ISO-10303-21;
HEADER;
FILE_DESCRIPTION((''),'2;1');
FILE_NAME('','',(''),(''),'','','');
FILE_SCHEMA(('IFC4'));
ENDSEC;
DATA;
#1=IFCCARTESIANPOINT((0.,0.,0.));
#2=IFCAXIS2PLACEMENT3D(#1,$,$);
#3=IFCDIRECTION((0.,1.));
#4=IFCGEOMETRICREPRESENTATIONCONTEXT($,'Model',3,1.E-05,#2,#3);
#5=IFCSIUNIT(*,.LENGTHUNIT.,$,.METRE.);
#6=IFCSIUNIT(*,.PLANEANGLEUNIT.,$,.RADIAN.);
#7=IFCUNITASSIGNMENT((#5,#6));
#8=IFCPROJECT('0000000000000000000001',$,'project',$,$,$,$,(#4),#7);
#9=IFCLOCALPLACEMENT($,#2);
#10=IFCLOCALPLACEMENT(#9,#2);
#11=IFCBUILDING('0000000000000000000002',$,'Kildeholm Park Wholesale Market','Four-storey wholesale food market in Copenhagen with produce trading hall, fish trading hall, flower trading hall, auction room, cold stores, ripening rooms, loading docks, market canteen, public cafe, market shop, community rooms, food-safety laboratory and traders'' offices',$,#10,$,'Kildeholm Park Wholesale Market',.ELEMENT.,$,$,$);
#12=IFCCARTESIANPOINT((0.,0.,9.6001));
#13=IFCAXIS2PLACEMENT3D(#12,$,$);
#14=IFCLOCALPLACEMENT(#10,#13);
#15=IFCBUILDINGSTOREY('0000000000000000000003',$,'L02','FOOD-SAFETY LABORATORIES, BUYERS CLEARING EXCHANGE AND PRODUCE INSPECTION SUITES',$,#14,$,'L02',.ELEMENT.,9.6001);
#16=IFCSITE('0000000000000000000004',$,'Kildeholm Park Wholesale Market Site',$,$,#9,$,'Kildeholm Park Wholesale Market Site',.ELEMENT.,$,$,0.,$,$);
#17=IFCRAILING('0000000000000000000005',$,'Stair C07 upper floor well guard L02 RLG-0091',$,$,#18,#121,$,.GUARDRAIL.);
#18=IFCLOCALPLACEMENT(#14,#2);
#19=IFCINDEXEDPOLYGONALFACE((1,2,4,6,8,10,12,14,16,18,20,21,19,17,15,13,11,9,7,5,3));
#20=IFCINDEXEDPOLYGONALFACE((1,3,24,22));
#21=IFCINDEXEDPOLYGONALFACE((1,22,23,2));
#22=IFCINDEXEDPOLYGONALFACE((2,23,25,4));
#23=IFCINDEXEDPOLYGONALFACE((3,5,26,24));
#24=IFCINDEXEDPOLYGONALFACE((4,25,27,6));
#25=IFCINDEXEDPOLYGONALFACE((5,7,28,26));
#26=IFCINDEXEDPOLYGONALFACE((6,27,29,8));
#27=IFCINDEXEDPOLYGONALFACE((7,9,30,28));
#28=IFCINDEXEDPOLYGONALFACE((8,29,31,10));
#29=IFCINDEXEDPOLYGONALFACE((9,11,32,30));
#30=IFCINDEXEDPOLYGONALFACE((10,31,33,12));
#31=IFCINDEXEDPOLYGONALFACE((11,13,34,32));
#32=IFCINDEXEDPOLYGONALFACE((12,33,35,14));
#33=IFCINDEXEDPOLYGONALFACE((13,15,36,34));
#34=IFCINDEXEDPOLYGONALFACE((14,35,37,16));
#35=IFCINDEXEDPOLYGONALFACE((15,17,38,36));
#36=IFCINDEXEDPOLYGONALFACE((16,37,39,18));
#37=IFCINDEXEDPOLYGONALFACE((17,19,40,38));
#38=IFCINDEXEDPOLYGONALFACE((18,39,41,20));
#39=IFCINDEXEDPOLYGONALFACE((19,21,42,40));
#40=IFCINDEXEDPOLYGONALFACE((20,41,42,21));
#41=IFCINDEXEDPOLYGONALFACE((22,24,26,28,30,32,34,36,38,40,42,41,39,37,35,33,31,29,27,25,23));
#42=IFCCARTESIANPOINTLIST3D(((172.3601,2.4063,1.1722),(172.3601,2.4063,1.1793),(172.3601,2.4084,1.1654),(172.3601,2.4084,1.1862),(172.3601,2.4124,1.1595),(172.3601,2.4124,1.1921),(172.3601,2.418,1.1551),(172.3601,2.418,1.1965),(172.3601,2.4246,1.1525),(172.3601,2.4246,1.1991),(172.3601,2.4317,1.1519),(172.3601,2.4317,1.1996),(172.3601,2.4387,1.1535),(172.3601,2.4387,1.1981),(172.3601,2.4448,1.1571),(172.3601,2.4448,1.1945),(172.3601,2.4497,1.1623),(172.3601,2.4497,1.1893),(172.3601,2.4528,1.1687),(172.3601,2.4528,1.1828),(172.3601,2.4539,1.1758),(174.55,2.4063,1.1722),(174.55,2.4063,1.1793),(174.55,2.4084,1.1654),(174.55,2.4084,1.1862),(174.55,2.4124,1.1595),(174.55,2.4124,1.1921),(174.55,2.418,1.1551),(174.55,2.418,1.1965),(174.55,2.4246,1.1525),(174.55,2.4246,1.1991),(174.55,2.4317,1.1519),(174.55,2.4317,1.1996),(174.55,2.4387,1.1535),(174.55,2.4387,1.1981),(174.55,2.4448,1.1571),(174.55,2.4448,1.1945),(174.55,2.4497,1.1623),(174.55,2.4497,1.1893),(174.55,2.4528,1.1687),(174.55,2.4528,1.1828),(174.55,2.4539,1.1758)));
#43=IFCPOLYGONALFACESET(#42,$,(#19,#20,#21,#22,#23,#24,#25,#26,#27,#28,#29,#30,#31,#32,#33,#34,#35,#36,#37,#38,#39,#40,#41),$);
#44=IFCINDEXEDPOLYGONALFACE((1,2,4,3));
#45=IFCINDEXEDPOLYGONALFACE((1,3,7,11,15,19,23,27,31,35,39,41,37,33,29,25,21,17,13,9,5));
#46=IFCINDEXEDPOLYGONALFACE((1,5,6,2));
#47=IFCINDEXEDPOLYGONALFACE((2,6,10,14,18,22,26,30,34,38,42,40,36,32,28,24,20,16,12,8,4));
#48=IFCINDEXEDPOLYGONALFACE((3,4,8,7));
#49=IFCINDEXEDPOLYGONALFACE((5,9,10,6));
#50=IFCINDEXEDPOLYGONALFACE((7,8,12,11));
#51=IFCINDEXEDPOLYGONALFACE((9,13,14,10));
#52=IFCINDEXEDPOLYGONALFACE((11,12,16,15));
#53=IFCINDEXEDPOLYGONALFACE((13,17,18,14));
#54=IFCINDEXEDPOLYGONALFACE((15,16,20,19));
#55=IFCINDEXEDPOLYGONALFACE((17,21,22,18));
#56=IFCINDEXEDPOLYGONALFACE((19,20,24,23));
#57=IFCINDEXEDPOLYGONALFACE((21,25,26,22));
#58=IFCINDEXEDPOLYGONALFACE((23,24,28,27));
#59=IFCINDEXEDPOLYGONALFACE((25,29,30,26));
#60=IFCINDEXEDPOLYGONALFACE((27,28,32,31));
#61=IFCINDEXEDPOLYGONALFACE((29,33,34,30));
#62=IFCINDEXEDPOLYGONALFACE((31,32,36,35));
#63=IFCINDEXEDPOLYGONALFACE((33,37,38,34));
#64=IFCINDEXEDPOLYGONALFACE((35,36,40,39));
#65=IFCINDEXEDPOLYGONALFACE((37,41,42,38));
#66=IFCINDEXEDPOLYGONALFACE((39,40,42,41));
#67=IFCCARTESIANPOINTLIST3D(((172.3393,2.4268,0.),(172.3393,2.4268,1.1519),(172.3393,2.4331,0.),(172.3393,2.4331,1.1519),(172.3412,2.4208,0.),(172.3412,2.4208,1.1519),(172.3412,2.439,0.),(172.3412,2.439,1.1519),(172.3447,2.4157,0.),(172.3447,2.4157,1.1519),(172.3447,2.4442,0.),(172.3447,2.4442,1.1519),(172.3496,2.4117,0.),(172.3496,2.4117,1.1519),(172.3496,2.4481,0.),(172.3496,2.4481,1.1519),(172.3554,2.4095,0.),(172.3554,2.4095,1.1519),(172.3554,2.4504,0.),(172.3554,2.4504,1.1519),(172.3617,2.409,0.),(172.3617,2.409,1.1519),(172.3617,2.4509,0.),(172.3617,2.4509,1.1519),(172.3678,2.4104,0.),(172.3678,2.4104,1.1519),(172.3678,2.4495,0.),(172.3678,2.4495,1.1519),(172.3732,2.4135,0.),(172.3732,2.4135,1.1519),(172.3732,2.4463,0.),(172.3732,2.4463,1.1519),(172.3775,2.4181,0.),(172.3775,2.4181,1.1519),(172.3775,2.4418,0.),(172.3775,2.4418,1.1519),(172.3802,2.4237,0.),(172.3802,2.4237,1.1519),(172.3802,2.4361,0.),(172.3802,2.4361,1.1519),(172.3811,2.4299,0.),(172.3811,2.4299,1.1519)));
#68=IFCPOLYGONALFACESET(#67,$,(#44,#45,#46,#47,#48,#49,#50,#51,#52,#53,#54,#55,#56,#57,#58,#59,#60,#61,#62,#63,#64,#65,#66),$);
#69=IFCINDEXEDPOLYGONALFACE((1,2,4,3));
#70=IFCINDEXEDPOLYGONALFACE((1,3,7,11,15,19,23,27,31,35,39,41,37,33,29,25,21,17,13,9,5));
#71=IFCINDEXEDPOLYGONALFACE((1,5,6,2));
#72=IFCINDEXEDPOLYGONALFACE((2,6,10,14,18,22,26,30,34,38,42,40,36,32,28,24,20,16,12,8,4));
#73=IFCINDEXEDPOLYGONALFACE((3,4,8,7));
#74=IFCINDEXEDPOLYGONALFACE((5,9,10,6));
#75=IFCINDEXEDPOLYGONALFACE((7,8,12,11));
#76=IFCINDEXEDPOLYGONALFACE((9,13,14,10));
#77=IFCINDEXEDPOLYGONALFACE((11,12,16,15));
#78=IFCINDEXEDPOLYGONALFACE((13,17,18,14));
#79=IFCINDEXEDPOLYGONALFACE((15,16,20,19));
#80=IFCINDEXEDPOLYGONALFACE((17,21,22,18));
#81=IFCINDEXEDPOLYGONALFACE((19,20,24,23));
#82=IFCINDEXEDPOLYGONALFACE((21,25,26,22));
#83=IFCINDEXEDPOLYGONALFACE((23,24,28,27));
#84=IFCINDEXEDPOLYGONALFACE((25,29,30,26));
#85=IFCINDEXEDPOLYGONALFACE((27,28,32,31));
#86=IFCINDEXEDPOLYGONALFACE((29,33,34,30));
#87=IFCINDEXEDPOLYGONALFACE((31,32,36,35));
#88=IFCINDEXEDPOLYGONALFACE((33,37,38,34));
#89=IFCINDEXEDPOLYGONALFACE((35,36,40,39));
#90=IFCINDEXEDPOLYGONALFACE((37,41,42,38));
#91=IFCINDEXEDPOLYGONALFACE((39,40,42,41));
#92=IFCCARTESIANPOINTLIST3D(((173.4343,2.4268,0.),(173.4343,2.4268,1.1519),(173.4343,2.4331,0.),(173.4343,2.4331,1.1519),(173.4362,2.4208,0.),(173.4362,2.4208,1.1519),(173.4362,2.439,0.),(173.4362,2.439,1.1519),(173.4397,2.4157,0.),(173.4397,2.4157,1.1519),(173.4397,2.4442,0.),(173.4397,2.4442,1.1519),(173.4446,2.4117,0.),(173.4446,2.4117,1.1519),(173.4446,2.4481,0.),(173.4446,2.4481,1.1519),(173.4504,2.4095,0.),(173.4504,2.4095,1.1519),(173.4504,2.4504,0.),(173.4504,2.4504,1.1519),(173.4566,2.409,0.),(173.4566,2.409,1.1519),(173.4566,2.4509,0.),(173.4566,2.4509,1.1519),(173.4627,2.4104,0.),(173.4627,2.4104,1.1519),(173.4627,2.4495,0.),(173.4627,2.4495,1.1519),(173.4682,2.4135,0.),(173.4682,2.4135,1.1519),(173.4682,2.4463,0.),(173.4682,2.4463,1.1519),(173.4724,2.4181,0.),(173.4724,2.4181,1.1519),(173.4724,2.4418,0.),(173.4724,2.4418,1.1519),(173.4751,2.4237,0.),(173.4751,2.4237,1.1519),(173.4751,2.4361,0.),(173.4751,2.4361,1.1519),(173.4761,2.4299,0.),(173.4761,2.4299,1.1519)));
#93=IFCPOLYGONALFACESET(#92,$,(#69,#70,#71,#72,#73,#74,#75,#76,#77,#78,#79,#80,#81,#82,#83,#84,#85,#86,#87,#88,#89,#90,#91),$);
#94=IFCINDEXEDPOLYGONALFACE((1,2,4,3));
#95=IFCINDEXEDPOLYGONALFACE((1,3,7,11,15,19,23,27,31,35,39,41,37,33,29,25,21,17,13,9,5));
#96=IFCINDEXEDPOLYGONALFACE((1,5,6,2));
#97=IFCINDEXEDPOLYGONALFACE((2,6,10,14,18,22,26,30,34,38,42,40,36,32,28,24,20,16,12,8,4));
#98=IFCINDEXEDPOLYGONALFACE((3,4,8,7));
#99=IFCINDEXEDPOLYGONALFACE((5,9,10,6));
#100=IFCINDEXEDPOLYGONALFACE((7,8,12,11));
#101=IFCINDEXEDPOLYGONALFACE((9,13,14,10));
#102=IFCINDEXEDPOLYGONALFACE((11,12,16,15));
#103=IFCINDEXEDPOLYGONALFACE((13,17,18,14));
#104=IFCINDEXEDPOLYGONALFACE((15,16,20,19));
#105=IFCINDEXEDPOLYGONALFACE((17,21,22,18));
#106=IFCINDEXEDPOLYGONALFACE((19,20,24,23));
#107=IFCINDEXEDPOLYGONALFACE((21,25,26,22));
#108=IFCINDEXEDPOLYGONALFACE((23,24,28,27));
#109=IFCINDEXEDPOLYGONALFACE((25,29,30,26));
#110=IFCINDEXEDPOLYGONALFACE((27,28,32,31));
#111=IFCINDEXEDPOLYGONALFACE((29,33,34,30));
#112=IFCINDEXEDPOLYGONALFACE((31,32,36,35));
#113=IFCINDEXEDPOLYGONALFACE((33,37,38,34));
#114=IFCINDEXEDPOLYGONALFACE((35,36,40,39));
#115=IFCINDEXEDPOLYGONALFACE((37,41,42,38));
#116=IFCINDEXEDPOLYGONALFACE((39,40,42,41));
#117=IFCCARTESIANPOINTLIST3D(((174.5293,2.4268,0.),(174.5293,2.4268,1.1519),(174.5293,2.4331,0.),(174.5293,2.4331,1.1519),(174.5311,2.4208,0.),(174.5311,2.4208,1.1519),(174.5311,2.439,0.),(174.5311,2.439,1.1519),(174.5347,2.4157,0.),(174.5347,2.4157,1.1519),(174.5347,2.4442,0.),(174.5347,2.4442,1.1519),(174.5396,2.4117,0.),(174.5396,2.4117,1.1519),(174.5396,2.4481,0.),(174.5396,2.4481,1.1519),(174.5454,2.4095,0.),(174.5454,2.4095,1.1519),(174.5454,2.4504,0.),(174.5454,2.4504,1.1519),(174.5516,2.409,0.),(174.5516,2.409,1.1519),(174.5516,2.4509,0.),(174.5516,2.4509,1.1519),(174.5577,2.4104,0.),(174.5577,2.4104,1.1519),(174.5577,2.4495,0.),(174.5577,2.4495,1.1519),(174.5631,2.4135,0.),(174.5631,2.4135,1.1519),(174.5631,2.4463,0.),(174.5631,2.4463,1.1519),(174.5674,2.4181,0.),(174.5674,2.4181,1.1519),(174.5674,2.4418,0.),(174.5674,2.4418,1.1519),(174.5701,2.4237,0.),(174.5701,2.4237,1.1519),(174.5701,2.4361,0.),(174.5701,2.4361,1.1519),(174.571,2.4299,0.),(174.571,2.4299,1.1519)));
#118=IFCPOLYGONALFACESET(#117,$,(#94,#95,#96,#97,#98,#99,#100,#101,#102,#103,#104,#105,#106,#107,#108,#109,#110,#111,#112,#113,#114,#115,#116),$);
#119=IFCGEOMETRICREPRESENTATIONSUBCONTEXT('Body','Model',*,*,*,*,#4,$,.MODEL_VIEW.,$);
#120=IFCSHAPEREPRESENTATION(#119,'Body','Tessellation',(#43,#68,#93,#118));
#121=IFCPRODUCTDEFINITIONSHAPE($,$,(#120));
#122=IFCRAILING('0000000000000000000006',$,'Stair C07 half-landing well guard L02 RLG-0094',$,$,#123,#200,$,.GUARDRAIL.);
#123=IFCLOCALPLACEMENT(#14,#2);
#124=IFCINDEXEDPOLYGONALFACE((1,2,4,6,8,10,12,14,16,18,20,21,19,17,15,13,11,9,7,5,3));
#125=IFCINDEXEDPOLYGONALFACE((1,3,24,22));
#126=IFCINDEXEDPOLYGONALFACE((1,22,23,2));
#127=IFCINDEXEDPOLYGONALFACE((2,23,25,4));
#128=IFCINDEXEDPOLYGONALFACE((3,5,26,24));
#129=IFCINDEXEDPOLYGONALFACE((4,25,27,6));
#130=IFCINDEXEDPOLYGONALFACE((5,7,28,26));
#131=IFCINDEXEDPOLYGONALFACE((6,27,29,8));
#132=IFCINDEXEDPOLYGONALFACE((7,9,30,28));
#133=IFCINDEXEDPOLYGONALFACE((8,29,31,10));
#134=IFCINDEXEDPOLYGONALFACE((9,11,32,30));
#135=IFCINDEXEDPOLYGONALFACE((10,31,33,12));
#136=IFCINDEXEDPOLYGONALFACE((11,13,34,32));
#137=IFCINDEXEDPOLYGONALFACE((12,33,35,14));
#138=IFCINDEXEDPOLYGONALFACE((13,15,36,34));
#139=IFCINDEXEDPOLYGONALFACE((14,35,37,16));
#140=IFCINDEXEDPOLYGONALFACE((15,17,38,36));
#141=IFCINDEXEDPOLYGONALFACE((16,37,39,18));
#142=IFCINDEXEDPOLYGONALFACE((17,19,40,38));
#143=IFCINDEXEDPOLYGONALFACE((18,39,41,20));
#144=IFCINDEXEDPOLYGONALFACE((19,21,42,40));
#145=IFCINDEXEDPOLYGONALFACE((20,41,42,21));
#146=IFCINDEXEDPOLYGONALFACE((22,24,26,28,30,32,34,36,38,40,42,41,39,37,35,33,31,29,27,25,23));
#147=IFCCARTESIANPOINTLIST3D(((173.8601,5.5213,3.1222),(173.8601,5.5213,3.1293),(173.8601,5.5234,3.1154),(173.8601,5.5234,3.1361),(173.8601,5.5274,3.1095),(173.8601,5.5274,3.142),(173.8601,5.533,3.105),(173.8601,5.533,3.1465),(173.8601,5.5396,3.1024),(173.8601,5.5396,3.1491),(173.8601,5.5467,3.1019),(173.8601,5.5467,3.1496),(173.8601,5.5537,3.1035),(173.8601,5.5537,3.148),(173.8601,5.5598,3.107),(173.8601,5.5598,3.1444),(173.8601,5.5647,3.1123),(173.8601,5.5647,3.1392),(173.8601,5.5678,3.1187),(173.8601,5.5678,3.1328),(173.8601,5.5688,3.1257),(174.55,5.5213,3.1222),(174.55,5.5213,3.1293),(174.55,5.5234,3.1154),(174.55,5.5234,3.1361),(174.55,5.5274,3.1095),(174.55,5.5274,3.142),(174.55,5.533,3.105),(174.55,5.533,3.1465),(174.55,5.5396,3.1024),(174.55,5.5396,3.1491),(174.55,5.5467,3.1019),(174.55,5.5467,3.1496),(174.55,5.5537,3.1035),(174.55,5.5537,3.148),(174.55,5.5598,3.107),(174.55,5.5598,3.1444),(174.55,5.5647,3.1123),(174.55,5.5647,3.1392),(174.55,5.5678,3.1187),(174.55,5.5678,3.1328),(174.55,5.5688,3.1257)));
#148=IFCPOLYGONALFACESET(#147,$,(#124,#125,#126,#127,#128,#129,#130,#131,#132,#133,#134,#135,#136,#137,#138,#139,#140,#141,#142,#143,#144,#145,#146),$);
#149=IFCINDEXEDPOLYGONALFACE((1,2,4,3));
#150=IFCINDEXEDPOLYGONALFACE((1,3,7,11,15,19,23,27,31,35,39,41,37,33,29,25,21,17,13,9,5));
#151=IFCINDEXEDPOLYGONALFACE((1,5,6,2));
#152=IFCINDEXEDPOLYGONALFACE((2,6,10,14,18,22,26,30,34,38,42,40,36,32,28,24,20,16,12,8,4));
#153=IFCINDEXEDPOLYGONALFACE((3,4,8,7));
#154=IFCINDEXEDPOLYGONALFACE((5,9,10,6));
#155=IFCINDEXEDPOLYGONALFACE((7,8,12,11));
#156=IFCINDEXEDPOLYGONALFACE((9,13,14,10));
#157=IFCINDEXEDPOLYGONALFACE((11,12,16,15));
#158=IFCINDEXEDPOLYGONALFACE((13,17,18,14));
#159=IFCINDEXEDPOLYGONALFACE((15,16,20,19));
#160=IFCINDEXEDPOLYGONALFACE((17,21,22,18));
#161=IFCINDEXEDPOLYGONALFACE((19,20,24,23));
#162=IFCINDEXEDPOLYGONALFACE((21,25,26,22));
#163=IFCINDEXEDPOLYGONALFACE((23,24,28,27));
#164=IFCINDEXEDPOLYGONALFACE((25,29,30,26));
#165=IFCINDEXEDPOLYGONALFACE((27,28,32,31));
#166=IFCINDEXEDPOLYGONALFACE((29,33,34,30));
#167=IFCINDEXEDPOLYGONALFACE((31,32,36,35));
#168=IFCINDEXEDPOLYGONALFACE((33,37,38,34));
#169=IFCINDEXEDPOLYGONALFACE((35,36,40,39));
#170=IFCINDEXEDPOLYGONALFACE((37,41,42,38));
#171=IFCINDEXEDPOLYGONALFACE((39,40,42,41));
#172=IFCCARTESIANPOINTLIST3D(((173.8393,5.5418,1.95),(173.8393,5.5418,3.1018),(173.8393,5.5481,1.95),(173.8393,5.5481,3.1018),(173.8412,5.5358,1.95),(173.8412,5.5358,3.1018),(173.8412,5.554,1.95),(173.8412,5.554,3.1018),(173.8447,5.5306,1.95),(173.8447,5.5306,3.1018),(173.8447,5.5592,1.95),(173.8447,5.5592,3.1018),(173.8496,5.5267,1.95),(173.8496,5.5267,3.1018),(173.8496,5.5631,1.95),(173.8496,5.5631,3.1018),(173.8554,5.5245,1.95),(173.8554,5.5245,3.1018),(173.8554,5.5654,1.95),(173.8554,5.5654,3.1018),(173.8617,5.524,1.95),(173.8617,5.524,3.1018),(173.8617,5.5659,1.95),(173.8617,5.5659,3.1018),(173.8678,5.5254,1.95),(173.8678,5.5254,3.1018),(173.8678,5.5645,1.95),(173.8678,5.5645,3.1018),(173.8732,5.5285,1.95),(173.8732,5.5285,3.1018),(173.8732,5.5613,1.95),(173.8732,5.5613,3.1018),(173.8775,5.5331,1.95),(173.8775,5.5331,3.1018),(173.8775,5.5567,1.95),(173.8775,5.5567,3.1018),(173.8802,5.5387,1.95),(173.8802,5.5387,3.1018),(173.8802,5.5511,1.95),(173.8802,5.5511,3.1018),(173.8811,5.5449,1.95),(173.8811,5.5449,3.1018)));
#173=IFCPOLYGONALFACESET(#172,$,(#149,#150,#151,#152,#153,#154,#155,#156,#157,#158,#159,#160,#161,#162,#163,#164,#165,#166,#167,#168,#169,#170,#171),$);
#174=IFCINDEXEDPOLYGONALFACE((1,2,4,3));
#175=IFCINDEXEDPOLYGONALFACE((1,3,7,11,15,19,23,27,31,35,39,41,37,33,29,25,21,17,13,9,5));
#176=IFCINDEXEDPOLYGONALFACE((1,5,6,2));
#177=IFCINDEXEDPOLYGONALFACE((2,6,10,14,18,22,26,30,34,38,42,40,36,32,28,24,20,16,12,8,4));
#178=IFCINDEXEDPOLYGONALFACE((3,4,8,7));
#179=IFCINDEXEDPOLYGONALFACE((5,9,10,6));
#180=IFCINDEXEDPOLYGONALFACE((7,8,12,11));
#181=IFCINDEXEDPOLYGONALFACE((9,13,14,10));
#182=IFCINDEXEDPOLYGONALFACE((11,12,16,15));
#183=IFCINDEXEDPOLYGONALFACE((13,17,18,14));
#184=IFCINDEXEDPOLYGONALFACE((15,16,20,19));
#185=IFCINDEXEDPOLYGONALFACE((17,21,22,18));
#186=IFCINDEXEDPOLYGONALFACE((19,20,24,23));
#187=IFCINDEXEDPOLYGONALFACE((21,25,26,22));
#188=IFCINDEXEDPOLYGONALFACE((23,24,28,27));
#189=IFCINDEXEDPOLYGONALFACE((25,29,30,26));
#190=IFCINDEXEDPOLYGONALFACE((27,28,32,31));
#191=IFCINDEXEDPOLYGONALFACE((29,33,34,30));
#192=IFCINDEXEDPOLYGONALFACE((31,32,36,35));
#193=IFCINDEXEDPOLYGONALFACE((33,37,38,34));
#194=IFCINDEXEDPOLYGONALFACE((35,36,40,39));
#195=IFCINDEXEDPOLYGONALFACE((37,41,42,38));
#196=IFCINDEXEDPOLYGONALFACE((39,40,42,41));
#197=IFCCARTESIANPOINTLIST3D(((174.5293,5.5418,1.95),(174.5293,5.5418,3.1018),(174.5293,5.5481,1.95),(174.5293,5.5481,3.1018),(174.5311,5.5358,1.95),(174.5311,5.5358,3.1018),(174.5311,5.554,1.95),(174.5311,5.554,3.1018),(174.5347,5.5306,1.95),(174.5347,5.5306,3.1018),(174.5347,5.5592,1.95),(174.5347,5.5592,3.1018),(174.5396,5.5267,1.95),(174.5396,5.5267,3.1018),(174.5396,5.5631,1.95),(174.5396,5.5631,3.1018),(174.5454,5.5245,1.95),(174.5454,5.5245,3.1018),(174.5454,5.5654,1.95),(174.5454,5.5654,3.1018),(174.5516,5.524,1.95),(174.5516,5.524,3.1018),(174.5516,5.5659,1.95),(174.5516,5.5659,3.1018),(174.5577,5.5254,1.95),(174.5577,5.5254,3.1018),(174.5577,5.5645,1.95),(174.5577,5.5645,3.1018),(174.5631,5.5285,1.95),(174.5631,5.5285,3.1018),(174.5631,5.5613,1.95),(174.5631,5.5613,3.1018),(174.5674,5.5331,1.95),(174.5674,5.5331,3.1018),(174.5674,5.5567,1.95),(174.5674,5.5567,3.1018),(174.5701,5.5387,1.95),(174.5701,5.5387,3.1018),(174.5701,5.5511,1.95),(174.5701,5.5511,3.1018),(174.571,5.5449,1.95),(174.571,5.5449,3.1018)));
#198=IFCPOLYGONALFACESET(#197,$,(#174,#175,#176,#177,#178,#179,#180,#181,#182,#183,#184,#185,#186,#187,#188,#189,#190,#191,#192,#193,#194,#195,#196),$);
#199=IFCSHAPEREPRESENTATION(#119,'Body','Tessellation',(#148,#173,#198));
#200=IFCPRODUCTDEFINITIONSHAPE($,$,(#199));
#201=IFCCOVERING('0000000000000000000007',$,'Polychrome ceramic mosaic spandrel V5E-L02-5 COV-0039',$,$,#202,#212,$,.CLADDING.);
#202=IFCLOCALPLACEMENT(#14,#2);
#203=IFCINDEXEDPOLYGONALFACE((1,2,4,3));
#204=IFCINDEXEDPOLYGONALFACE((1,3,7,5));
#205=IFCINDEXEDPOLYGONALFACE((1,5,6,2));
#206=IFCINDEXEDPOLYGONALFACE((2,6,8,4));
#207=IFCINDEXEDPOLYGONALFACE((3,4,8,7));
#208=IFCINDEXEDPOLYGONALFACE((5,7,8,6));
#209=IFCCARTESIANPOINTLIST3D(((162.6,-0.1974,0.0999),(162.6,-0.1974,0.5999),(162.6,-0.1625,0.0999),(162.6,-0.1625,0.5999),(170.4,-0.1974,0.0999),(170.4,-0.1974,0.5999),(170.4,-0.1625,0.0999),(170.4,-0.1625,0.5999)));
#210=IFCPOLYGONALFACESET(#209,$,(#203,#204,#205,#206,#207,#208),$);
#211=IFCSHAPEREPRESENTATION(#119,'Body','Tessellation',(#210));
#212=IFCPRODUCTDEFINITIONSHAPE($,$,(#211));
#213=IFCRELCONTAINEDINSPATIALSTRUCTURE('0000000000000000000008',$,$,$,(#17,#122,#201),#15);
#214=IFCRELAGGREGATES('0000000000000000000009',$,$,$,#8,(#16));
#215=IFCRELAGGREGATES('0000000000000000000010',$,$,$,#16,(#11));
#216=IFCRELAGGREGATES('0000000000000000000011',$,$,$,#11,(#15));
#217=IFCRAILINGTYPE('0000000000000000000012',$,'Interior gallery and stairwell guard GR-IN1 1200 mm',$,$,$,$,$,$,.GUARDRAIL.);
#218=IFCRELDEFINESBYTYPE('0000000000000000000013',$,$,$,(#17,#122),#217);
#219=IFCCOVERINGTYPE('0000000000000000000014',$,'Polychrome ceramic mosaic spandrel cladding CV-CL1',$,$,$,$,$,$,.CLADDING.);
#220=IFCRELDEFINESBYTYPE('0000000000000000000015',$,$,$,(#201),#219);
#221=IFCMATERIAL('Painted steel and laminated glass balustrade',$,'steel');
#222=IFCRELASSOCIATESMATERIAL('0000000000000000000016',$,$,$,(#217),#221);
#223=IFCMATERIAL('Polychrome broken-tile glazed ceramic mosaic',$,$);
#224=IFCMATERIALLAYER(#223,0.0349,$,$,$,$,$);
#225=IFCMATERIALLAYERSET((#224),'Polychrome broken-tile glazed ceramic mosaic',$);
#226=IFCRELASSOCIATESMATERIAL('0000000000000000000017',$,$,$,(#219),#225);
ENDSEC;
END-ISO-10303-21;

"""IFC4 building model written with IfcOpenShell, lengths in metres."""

from ifc_helpers import new_model, si_unit, direction, frame, origin, origin_2d, place, context, subcontext, project, spatial, rectangle, circle, extrude, material, layer, layer_set, type_object, element, save


model = new_model("IFC4")

# Units and contexts
model_context = context("Model", 3, precision=1e-05, world=origin(), true_north=direction((0.0, 1.0)))
body_context = subcontext(model_context, "Body", "Model", "MODEL_VIEW")
ifc_project = project(units=[si_unit("LENGTHUNIT", "METRE"), si_unit("PLANEANGLEUNIT", "RADIAN")], contexts=[model_context])

# Site, building, storey
site_placement = place(None, origin())
site = spatial("IfcSite", under=ifc_project, at=site_placement, Name="Kildeholm Park Wholesale Market Site", LongName="Kildeholm Park Wholesale Market Site", CompositionType="ELEMENT", RefElevation=0.0)
building_placement = place(site_placement, origin())
building = spatial("IfcBuilding", under=site, at=building_placement, Name="Kildeholm Park Wholesale Market", Description="Four-storey wholesale food market in Copenhagen with produce trading hall, fish trading hall, flower trading hall, auction room, cold stores, ripening rooms, loading docks, market canteen, public cafe, market shop, community rooms, food-safety laboratory and traders' offices", LongName="Kildeholm Park Wholesale Market", CompositionType="ELEMENT")
storey_placement = place(building_placement, frame((0.0, 0.0, 9.6001)))
storey = spatial("IfcBuildingStorey", under=building, at=storey_placement, Name="L02", Description="FOOD-SAFETY LABORATORIES, BUYERS CLEARING EXCHANGE AND PRODUCE INSPECTION SUITES", LongName="L02", CompositionType="ELEMENT", Elevation=9.6001)

# Railings
ifc_material_1 = material(Name="Painted steel and laminated glass balustrade", Category="steel")
railing_type_1 = type_object("IfcRailingType", Name="Interior gallery and stairwell guard GR-IN1 1200 mm", PredefinedType="GUARDRAIL", material=ifc_material_1)
railing_1_placement = place(storey_placement, frame((172.3601, 2.4299, 0.0)))
element("IfcRailing", 1, at=railing_1_placement, inside=storey, type_object=railing_type_1, Name="Stair C07 upper floor well guard L02 RLG-0091", PredefinedType="GUARDRAIL", context=body_context, shape_type="SweptSolid", body=[
    extrude(circle(Radius=0.0239, at=origin_2d()), frame((0.0, 0.0, 1.1758), z_axis=(1.0, 0.0, 0.0), x_axis=(0.0, 1.0, 0.0)), (0.0, 0.0, 1.0), 2.1899),
    extrude(circle(Radius=0.021, at=origin_2d()), origin(), (0.0, 0.0, 1.0), 1.1519),
    extrude(circle(Radius=0.021, at=origin_2d()), frame((1.095, 0.0, 0.0)), (0.0, 0.0, 1.0), 1.1519),
    extrude(circle(Radius=0.021, at=origin_2d()), frame((2.1899, 0.0, 0.0)), (0.0, 0.0, 1.0), 1.1519),
])
railing_2_placement = place(storey_placement, frame((173.8601, 5.5449, 1.95)))
element("IfcRailing", 2, at=railing_2_placement, inside=storey, type_object=railing_type_1, Name="Stair C07 half-landing well guard L02 RLG-0094", PredefinedType="GUARDRAIL", context=body_context, shape_type="SweptSolid", body=[
    extrude(circle(Radius=0.0239, at=origin_2d()), frame((0.0, 0.0, 1.1758), z_axis=(1.0, 0.0, 0.0), x_axis=(0.0, 1.0, 0.0)), (0.0, 0.0, 1.0), 0.6899),
    extrude(circle(Radius=0.021, at=origin_2d()), origin(), (0.0, 0.0, 1.0), 1.1519),
    extrude(circle(Radius=0.021, at=origin_2d()), frame((0.6899, 0.0, 0.0)), (0.0, 0.0, 1.0), 1.1519),
])

# Covering
ifc_material_2 = material(Name="Polychrome broken-tile glazed ceramic mosaic")
ifc_layer_1 = layer(ifc_material_2, 0.0349)
ifc_layer_set_1 = layer_set([ifc_layer_1], Name="Polychrome broken-tile glazed ceramic mosaic")
covering_type = type_object("IfcCoveringType", Name="Polychrome ceramic mosaic spandrel cladding CV-CL1", PredefinedType="CLADDING", material=ifc_layer_set_1)
covering_placement = place(storey_placement, frame((166.5, -0.1799, 0.0999), z_axis=(0.0, 0.0, 1.0), x_axis=(1.0, 0.0, 0.0)))
element("IfcCovering", 3, at=covering_placement, inside=storey, type_object=covering_type, Name="Polychrome ceramic mosaic spandrel V5E-L02-5 COV-0039", PredefinedType="CLADDING", context=body_context, shape_type="SweptSolid", body=[
    extrude(rectangle(XDim=7.8, YDim=0.0349, at=origin_2d()), origin(), (0.0, 0.0, 1.0), 0.5),
])

save(model, "model.ifc")
